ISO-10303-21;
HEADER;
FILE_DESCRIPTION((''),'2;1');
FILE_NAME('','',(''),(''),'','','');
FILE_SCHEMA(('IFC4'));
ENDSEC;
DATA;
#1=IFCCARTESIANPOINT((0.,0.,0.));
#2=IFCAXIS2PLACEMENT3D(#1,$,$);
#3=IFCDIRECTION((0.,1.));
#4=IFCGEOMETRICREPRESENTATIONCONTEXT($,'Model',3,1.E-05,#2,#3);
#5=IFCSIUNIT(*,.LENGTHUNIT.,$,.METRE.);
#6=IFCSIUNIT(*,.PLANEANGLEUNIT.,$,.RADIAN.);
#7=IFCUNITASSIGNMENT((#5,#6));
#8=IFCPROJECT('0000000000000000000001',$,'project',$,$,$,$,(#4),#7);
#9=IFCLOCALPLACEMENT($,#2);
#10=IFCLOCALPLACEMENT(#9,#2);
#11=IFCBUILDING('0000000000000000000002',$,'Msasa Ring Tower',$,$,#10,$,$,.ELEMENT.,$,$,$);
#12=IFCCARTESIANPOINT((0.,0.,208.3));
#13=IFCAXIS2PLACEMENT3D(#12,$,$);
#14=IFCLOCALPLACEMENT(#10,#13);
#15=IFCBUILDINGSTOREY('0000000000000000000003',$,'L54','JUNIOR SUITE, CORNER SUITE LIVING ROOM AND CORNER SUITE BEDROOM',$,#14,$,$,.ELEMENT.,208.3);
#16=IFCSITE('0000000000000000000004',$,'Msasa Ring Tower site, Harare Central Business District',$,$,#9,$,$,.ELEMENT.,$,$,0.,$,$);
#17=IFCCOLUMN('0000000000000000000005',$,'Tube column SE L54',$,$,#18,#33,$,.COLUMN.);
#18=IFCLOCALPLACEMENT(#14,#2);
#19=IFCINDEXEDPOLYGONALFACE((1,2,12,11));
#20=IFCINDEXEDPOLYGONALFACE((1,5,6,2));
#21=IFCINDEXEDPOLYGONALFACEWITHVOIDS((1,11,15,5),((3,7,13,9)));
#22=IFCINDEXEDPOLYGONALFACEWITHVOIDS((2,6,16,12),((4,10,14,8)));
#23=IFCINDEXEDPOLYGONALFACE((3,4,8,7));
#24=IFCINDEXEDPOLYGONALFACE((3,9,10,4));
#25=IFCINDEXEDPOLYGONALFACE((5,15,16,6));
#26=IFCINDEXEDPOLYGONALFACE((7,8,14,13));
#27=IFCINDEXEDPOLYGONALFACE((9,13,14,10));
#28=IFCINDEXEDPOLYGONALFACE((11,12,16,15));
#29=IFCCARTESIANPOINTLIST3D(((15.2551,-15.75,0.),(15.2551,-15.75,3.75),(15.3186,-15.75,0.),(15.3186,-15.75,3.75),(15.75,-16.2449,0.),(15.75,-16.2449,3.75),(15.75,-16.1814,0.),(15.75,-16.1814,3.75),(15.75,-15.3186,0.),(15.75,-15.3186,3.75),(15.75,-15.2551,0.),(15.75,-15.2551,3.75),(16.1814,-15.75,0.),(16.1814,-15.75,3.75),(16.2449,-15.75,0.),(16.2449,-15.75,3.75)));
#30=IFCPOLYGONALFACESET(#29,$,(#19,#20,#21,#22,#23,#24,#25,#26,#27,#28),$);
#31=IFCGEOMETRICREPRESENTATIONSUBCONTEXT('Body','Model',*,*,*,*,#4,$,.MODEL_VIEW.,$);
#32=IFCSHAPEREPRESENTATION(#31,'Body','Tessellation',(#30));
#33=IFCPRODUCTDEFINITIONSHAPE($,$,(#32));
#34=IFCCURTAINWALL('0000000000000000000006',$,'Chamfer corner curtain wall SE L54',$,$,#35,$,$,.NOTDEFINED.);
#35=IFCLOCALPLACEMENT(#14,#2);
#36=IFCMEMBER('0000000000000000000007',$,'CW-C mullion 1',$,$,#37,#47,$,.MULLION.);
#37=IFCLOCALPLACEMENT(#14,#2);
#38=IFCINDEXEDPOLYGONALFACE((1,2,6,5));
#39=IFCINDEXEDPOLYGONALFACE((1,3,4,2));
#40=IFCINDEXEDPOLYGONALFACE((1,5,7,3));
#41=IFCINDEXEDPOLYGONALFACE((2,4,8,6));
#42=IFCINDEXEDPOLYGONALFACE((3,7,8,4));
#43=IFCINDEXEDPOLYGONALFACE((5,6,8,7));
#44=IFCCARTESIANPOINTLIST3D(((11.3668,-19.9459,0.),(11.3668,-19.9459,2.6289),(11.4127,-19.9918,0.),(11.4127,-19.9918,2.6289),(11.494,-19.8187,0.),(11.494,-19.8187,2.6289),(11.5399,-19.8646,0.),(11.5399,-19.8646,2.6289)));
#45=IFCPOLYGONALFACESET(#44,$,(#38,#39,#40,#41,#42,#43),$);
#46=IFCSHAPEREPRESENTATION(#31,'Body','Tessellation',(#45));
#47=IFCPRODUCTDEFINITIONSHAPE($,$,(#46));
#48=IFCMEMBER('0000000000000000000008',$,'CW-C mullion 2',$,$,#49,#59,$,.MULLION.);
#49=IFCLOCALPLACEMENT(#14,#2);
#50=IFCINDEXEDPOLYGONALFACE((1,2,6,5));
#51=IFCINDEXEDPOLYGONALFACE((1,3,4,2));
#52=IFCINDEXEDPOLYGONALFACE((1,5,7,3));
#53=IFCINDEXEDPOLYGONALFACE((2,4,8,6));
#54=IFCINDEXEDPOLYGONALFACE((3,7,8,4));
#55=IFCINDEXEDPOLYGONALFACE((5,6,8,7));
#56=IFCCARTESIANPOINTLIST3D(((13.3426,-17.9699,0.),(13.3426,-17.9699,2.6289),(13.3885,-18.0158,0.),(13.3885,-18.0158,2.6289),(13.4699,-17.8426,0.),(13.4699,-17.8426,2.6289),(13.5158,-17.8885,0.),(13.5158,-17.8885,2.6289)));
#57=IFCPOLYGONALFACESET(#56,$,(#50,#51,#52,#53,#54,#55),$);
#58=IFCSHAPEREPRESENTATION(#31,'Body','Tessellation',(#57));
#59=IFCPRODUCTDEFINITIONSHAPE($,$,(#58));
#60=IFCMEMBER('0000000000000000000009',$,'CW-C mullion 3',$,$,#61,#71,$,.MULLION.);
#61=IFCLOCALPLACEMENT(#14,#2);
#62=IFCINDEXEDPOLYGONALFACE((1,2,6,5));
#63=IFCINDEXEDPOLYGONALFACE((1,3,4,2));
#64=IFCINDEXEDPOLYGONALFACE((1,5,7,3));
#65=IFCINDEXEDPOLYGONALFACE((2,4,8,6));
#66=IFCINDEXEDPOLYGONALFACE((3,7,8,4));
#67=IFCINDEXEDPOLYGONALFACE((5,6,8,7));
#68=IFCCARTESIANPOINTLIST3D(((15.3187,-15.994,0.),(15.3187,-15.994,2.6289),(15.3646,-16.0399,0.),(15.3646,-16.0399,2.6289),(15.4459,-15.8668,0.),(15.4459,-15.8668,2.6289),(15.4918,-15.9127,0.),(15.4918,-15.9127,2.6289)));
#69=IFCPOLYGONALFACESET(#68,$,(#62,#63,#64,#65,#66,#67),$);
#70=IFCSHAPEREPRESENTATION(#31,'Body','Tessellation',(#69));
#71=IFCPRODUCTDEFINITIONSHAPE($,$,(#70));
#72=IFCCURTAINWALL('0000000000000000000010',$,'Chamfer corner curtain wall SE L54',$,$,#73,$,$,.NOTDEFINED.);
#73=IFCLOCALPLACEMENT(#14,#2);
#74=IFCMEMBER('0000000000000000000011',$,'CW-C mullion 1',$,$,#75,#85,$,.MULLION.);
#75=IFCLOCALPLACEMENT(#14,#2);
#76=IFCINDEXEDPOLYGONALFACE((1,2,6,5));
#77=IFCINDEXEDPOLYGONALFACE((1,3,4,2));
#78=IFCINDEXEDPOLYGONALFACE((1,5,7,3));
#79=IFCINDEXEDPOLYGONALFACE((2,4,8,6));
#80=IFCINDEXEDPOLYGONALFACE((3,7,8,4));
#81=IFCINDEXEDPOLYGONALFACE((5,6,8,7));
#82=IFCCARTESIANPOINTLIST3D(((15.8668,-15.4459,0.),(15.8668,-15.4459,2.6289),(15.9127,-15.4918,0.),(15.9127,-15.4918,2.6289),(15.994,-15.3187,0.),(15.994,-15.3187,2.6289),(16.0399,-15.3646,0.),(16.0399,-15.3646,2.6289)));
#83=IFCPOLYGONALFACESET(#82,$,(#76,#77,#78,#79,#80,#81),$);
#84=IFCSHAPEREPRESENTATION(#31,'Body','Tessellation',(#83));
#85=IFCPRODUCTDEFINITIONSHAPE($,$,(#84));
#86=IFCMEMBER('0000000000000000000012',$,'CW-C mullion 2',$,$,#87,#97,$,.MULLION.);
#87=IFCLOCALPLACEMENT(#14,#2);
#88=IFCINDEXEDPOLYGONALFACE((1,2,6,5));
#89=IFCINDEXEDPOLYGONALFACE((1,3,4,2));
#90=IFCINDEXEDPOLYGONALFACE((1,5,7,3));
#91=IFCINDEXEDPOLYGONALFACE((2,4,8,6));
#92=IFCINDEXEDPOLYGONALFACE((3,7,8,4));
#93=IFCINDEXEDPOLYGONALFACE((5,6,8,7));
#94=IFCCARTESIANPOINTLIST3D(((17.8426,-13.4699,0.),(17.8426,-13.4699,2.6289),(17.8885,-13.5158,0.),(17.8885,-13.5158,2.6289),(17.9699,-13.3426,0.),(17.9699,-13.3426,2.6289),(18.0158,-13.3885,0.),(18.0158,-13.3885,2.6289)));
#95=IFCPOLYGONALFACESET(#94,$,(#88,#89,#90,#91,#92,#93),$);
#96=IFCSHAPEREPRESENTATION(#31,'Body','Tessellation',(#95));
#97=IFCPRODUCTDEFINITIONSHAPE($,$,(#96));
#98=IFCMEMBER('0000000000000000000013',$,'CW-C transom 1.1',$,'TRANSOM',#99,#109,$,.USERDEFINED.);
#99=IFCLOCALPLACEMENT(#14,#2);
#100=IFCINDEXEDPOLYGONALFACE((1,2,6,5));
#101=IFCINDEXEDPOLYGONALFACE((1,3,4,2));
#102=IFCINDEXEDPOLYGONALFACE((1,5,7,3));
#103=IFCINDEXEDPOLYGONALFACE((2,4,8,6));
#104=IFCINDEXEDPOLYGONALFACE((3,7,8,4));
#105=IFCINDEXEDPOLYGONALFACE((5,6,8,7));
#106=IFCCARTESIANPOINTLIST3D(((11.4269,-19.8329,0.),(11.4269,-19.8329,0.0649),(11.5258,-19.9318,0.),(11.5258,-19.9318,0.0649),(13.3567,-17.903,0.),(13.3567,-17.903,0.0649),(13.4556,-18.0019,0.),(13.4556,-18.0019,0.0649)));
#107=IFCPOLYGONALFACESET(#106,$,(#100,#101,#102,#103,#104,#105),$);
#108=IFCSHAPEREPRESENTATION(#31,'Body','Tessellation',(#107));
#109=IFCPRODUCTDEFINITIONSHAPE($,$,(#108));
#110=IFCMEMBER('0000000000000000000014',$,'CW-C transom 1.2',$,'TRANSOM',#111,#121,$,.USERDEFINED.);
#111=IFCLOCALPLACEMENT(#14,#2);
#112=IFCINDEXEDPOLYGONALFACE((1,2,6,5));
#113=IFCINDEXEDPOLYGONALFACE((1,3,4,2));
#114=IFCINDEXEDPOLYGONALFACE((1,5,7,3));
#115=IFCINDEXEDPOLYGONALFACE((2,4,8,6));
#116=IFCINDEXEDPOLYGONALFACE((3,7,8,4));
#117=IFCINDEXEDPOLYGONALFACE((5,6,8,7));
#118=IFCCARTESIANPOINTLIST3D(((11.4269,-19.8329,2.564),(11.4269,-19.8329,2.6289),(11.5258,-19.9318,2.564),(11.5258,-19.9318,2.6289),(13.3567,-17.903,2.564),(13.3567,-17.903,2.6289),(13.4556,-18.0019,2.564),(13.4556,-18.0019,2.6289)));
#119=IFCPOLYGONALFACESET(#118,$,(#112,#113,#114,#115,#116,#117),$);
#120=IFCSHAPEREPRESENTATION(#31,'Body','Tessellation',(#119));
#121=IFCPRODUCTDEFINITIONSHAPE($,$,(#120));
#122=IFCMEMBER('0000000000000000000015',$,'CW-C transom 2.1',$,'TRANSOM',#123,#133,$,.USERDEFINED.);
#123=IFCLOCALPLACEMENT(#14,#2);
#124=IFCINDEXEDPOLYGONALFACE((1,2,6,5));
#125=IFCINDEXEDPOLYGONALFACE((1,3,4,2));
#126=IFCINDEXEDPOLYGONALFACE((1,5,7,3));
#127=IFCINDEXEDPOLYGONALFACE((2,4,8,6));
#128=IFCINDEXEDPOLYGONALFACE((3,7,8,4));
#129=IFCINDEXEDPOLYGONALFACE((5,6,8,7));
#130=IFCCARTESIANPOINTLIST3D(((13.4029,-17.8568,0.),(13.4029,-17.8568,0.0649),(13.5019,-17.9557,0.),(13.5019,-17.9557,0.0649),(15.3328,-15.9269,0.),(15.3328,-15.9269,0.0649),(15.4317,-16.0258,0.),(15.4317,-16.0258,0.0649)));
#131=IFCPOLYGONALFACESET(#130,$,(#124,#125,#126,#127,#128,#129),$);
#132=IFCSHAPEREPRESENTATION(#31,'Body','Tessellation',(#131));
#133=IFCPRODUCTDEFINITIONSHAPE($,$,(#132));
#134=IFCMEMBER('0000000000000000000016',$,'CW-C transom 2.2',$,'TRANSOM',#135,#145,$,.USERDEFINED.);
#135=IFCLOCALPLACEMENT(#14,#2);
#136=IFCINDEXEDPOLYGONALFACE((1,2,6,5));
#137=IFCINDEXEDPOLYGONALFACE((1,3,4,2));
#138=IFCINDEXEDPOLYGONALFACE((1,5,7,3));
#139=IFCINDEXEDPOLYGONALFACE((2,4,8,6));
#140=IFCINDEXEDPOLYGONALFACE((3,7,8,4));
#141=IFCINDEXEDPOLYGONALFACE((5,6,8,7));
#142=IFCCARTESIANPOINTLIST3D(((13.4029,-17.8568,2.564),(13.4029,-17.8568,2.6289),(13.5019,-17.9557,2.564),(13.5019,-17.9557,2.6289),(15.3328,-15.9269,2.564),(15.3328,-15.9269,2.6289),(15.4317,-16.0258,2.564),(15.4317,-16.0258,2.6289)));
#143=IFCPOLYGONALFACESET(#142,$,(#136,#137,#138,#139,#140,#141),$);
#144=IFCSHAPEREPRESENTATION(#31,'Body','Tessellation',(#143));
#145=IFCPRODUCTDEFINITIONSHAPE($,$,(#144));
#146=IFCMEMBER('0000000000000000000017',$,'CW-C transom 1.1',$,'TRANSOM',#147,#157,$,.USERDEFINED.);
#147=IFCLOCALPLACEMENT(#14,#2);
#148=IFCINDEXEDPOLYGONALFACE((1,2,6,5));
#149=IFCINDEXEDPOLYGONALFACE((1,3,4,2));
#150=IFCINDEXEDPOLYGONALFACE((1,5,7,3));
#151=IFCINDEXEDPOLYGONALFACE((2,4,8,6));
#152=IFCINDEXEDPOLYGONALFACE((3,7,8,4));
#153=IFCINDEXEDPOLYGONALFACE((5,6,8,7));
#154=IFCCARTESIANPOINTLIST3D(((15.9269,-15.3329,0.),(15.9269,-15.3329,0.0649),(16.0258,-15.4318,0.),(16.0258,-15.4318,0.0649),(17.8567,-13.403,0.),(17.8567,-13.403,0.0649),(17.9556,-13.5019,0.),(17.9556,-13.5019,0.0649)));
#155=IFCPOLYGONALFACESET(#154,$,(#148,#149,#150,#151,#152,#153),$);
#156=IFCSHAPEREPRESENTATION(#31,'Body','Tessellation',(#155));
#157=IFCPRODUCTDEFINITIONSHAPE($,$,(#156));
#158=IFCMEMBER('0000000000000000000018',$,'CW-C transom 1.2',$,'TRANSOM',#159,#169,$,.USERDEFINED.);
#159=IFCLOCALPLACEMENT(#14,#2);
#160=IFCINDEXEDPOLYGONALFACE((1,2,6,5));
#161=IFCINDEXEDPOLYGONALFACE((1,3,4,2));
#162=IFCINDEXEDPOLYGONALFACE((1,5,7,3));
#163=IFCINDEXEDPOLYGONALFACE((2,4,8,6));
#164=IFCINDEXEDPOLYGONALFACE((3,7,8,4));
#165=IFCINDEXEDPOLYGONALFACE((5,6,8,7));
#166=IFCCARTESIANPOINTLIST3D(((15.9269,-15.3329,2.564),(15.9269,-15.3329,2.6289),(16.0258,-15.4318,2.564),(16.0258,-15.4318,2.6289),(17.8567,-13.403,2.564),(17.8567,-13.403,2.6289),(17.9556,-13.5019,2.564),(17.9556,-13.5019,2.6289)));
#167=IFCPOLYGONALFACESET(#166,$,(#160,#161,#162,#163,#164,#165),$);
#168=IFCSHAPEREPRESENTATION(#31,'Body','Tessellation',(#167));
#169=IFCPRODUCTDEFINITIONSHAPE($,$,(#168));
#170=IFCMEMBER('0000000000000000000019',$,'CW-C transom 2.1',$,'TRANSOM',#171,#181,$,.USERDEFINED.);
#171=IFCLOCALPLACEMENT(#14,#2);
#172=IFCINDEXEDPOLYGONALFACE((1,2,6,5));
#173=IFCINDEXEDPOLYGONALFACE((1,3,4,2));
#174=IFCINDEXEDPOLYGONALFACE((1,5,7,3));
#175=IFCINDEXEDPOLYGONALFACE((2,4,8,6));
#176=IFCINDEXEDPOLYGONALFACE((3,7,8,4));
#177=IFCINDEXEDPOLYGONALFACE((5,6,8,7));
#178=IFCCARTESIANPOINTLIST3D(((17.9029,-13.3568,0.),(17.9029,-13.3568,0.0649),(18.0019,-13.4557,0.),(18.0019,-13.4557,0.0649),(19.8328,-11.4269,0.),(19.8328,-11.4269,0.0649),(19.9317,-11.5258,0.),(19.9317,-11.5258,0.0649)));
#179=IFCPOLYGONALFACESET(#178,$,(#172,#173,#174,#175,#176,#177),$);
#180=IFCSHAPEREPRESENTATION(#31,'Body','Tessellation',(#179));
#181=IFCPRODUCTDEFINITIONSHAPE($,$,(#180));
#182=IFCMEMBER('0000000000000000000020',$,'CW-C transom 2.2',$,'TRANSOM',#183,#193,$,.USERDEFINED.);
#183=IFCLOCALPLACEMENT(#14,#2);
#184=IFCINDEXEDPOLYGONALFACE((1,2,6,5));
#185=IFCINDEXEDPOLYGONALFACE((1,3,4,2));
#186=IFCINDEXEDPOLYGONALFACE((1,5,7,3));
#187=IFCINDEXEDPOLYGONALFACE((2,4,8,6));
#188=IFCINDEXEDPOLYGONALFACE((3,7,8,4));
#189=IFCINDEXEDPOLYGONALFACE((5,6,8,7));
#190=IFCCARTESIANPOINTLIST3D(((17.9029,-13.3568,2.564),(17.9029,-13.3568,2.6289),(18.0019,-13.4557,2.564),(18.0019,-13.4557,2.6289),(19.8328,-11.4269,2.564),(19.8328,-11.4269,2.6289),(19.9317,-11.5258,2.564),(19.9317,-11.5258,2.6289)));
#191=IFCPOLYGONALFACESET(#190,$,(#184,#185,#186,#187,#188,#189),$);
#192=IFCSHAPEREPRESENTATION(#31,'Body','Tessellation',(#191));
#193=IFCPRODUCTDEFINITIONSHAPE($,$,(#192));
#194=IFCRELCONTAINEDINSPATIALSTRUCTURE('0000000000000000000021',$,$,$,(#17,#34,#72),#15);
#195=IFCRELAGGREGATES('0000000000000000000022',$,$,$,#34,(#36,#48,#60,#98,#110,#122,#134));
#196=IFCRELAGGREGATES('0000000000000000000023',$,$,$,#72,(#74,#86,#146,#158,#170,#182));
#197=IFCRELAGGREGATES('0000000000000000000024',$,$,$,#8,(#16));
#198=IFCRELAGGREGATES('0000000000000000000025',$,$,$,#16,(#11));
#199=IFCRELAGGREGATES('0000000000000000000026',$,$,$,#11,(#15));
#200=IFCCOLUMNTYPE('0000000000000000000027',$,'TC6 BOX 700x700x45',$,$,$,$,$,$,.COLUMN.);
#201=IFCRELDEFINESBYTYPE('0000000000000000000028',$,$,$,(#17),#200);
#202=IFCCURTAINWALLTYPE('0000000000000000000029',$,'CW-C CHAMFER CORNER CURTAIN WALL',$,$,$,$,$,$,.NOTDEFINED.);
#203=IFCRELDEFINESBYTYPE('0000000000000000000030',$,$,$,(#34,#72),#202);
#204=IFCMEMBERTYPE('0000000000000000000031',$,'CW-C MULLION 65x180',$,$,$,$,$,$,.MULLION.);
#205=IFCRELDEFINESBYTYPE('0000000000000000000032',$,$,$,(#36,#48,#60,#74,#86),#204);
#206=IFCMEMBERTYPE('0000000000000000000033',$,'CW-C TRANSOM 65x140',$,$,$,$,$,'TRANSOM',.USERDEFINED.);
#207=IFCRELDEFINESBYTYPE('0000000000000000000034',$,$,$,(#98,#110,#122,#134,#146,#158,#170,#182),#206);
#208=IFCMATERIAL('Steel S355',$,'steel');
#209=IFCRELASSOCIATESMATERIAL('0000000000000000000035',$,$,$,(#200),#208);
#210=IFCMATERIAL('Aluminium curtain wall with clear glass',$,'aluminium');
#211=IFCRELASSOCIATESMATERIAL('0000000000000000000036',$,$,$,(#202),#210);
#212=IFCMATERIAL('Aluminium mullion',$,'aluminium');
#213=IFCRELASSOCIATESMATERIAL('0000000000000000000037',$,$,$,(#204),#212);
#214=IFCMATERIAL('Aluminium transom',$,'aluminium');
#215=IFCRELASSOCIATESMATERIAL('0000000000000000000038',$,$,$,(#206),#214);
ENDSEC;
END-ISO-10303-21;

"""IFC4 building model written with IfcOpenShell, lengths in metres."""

from ifc_helpers import new_model, si_unit, direction, frame, origin, origin_2d, place, context, subcontext, project, spatial, rectangle, hollow_rectangle, extrude, material, material_profile, profile_set, type_object, element, aggregate, save


model = new_model("IFC4")

# Units and contexts
model_context = context("Model", 3, precision=1e-05, world=origin(), true_north=direction((0.0, 1.0)))
body_context = subcontext(model_context, "Body", "Model", "MODEL_VIEW")
ifc_project = project(units=[si_unit("LENGTHUNIT", "METRE"), si_unit("PLANEANGLEUNIT", "RADIAN")], contexts=[model_context])

# Site, building, storey
site_placement = place(None, origin())
site = spatial("IfcSite", under=ifc_project, at=site_placement, Name="Msasa Ring Tower site, Harare Central Business District", CompositionType="ELEMENT", RefElevation=0.0)
building_placement = place(site_placement, origin())
building = spatial("IfcBuilding", under=site, at=building_placement, Name="Msasa Ring Tower", CompositionType="ELEMENT")
storey_placement = place(building_placement, frame((0.0, 0.0, 208.3)))
storey = spatial("IfcBuildingStorey", under=building, at=storey_placement, Name="L54", Description="JUNIOR SUITE, CORNER SUITE LIVING ROOM AND CORNER SUITE BEDROOM", CompositionType="ELEMENT", Elevation=208.3)

# Column
ifc_material_1 = material(Name="Steel S355", Category="steel")
ifc_material_profile_1 = material_profile(ifc_material_1, hollow_rectangle(XDim=0.7, YDim=0.7, WallThickness=0.0449, at=origin_2d()), Name="BOX 700x700x45")
ifc_profile_set_1 = profile_set([ifc_material_profile_1], Name="Steel S355")
column_type = type_object("IfcColumnType", Name="TC6 BOX 700x700x45", PredefinedType="COLUMN", material=ifc_profile_set_1)
column_placement = place(storey_placement, frame((15.75, -15.75, 0.0), z_axis=(0.0, 0.0, 1.0), x_axis=(0.707107, -0.707107, 0.0)))
element("IfcColumn", 1, at=column_placement, inside=storey, type_object=column_type, Name="Tube column SE L54", PredefinedType="COLUMN", context=body_context, shape_type="SweptSolid", body=[
    extrude(hollow_rectangle(XDim=0.7, YDim=0.7, WallThickness=0.0449, at=origin_2d()), origin(), (0.0, 0.0, 1.0), 3.75),
])

# Curtain walls, members
ifc_material_2 = material(Name="Aluminium curtain wall with clear glass", Category="aluminium")
curtain_wall_type = type_object("IfcCurtainWallType", Name="CW-C CHAMFER CORNER CURTAIN WALL", PredefinedType="NOTDEFINED", material=ifc_material_2)
curtain_wall_1_placement = place(storey_placement, origin())
curtain_wall_1 = element("IfcCurtainWall", 2, at=curtain_wall_1_placement, inside=storey, type_object=curtain_wall_type, Name="Chamfer corner curtain wall SE L54", PredefinedType="NOTDEFINED")
ifc_material_3 = material(Name="Aluminium mullion", Category="aluminium")
ifc_material_profile_2 = material_profile(ifc_material_3, rectangle(XDim=0.0649, YDim=0.1799, at=origin_2d()), Name="AL 65x180")
ifc_profile_set_2 = profile_set([ifc_material_profile_2], Name="Aluminium mullion")
member_type_1 = type_object("IfcMemberType", Name="CW-C MULLION 65x180", PredefinedType="MULLION", material=ifc_profile_set_2)
member_1_placement = place(storey_placement, frame((11.4534, -19.9053, 0.0), z_axis=(0.0, 0.0, 1.0), x_axis=(-0.707107, 0.707107, 0.0)))
member_1 = element("IfcMember", 3, at=member_1_placement, type_object=member_type_1, Name="CW-C mullion 1", PredefinedType="MULLION", context=body_context, shape_type="SweptSolid", body=[
    extrude(rectangle(XDim=0.0649, YDim=0.1799, at=origin_2d()), origin(), (0.0, 0.0, 1.0), 2.6289),
])
member_2_placement = place(storey_placement, frame((13.4292, -17.9292, 0.0), z_axis=(0.0, 0.0, 1.0), x_axis=(-0.707107, 0.707107, 0.0)))
member_2 = element("IfcMember", 4, at=member_2_placement, type_object=member_type_1, Name="CW-C mullion 2", PredefinedType="MULLION", context=body_context, shape_type="SweptSolid", body=[
    extrude(rectangle(XDim=0.0649, YDim=0.1799, at=origin_2d()), origin(), (0.0, 0.0, 1.0), 2.6289),
])
member_3_placement = place(storey_placement, frame((15.4053, -15.9534, 0.0), z_axis=(0.0, 0.0, 1.0), x_axis=(-0.707107, 0.707107, 0.0)))
member_3 = element("IfcMember", 5, at=member_3_placement, type_object=member_type_1, Name="CW-C mullion 3", PredefinedType="MULLION", context=body_context, shape_type="SweptSolid", body=[
    extrude(rectangle(XDim=0.0649, YDim=0.1799, at=origin_2d()), origin(), (0.0, 0.0, 1.0), 2.6289),
])
curtain_wall_2_placement = place(storey_placement, origin())
curtain_wall_2 = element("IfcCurtainWall", 6, at=curtain_wall_2_placement, inside=storey, type_object=curtain_wall_type, Name="Chamfer corner curtain wall SE L54", PredefinedType="NOTDEFINED")
member_4_placement = place(storey_placement, frame((15.9534, -15.4053, 0.0), z_axis=(0.0, 0.0, 1.0), x_axis=(-0.707107, 0.707107, 0.0)))
member_4 = element("IfcMember", 7, at=member_4_placement, type_object=member_type_1, Name="CW-C mullion 1", PredefinedType="MULLION", context=body_context, shape_type="SweptSolid", body=[
    extrude(rectangle(XDim=0.0649, YDim=0.1799, at=origin_2d()), origin(), (0.0, 0.0, 1.0), 2.6289),
])
member_5_placement = place(storey_placement, frame((17.9292, -13.4292, 0.0), z_axis=(0.0, 0.0, 1.0), x_axis=(-0.707107, 0.707107, 0.0)))
member_5 = element("IfcMember", 8, at=member_5_placement, type_object=member_type_1, Name="CW-C mullion 2", PredefinedType="MULLION", context=body_context, shape_type="SweptSolid", body=[
    extrude(rectangle(XDim=0.0649, YDim=0.1799, at=origin_2d()), origin(), (0.0, 0.0, 1.0), 2.6289),
])

# Members
ifc_material_4 = material(Name="Aluminium transom", Category="aluminium")
ifc_material_profile_3 = material_profile(ifc_material_4, rectangle(XDim=0.1399, YDim=0.0649, at=origin_2d()), Name="AL 65x140")
ifc_profile_set_3 = profile_set([ifc_material_profile_3], Name="Aluminium transom")
member_type_2 = type_object("IfcMemberType", Name="CW-C TRANSOM 65x140", ElementType="TRANSOM", PredefinedType="USERDEFINED", material=ifc_profile_set_3)
member_6_placement = place(storey_placement, frame((11.4763, -19.8823, 0.0325), z_axis=(0.707107, 0.707107, 0.0), x_axis=(-0.707107, 0.707107, 0.0)))
member_6 = element("IfcMember", 9, at=member_6_placement, type_object=member_type_2, Name="CW-C transom 1.1", ObjectType="TRANSOM", PredefinedType="USERDEFINED", context=body_context, shape_type="SweptSolid", body=[
    extrude(rectangle(XDim=0.1399, YDim=0.0649, at=origin_2d()), origin(), (0.0, 0.0, 1.0), 2.7292),
])
member_7_placement = place(storey_placement, frame((11.4763, -19.8823, 2.5964), z_axis=(0.707107, 0.707107, 0.0), x_axis=(-0.707107, 0.707107, 0.0)))
member_7 = element("IfcMember", 10, at=member_7_placement, type_object=member_type_2, Name="CW-C transom 1.2", ObjectType="TRANSOM", PredefinedType="USERDEFINED", context=body_context, shape_type="SweptSolid", body=[
    extrude(rectangle(XDim=0.1399, YDim=0.0649, at=origin_2d()), origin(), (0.0, 0.0, 1.0), 2.7292),
])
member_8_placement = place(storey_placement, frame((13.4524, -17.9062, 0.0325), z_axis=(0.707107, 0.707107, 0.0), x_axis=(-0.707107, 0.707107, 0.0)))
member_8 = element("IfcMember", 11, at=member_8_placement, type_object=member_type_2, Name="CW-C transom 2.1", ObjectType="TRANSOM", PredefinedType="USERDEFINED", context=body_context, shape_type="SweptSolid", body=[
    extrude(rectangle(XDim=0.1399, YDim=0.0649, at=origin_2d()), origin(), (0.0, 0.0, 1.0), 2.7292),
])
member_9_placement = place(storey_placement, frame((13.4524, -17.9062, 2.5964), z_axis=(0.707107, 0.707107, 0.0), x_axis=(-0.707107, 0.707107, 0.0)))
member_9 = element("IfcMember", 12, at=member_9_placement, type_object=member_type_2, Name="CW-C transom 2.2", ObjectType="TRANSOM", PredefinedType="USERDEFINED", context=body_context, shape_type="SweptSolid", body=[
    extrude(rectangle(XDim=0.1399, YDim=0.0649, at=origin_2d()), origin(), (0.0, 0.0, 1.0), 2.7292),
])
member_10_placement = place(storey_placement, frame((15.9763, -15.3823, 0.0325), z_axis=(0.707107, 0.707107, 0.0), x_axis=(-0.707107, 0.707107, 0.0)))
member_10 = element("IfcMember", 13, at=member_10_placement, type_object=member_type_2, Name="CW-C transom 1.1", ObjectType="TRANSOM", PredefinedType="USERDEFINED", context=body_context, shape_type="SweptSolid", body=[
    extrude(rectangle(XDim=0.1399, YDim=0.0649, at=origin_2d()), origin(), (0.0, 0.0, 1.0), 2.7292),
])
member_11_placement = place(storey_placement, frame((15.9763, -15.3823, 2.5964), z_axis=(0.707107, 0.707107, 0.0), x_axis=(-0.707107, 0.707107, 0.0)))
member_11 = element("IfcMember", 14, at=member_11_placement, type_object=member_type_2, Name="CW-C transom 1.2", ObjectType="TRANSOM", PredefinedType="USERDEFINED", context=body_context, shape_type="SweptSolid", body=[
    extrude(rectangle(XDim=0.1399, YDim=0.0649, at=origin_2d()), origin(), (0.0, 0.0, 1.0), 2.7292),
])
member_12_placement = place(storey_placement, frame((17.9524, -13.4062, 0.0325), z_axis=(0.707107, 0.707107, 0.0), x_axis=(-0.707107, 0.707107, 0.0)))
member_12 = element("IfcMember", 15, at=member_12_placement, type_object=member_type_2, Name="CW-C transom 2.1", ObjectType="TRANSOM", PredefinedType="USERDEFINED", context=body_context, shape_type="SweptSolid", body=[
    extrude(rectangle(XDim=0.1399, YDim=0.0649, at=origin_2d()), origin(), (0.0, 0.0, 1.0), 2.7292),
])
member_13_placement = place(storey_placement, frame((17.9524, -13.4062, 2.5964), z_axis=(0.707107, 0.707107, 0.0), x_axis=(-0.707107, 0.707107, 0.0)))
member_13 = element("IfcMember", 16, at=member_13_placement, type_object=member_type_2, Name="CW-C transom 2.2", ObjectType="TRANSOM", PredefinedType="USERDEFINED", context=body_context, shape_type="SweptSolid", body=[
    extrude(rectangle(XDim=0.1399, YDim=0.0649, at=origin_2d()), origin(), (0.0, 0.0, 1.0), 2.7292),
])

aggregate(curtain_wall_1, [member_1, member_2, member_3, member_6, member_7, member_8, member_9])
aggregate(curtain_wall_2, [member_4, member_5, member_10, member_11, member_12, member_13])

save(model, "model.ifc")
